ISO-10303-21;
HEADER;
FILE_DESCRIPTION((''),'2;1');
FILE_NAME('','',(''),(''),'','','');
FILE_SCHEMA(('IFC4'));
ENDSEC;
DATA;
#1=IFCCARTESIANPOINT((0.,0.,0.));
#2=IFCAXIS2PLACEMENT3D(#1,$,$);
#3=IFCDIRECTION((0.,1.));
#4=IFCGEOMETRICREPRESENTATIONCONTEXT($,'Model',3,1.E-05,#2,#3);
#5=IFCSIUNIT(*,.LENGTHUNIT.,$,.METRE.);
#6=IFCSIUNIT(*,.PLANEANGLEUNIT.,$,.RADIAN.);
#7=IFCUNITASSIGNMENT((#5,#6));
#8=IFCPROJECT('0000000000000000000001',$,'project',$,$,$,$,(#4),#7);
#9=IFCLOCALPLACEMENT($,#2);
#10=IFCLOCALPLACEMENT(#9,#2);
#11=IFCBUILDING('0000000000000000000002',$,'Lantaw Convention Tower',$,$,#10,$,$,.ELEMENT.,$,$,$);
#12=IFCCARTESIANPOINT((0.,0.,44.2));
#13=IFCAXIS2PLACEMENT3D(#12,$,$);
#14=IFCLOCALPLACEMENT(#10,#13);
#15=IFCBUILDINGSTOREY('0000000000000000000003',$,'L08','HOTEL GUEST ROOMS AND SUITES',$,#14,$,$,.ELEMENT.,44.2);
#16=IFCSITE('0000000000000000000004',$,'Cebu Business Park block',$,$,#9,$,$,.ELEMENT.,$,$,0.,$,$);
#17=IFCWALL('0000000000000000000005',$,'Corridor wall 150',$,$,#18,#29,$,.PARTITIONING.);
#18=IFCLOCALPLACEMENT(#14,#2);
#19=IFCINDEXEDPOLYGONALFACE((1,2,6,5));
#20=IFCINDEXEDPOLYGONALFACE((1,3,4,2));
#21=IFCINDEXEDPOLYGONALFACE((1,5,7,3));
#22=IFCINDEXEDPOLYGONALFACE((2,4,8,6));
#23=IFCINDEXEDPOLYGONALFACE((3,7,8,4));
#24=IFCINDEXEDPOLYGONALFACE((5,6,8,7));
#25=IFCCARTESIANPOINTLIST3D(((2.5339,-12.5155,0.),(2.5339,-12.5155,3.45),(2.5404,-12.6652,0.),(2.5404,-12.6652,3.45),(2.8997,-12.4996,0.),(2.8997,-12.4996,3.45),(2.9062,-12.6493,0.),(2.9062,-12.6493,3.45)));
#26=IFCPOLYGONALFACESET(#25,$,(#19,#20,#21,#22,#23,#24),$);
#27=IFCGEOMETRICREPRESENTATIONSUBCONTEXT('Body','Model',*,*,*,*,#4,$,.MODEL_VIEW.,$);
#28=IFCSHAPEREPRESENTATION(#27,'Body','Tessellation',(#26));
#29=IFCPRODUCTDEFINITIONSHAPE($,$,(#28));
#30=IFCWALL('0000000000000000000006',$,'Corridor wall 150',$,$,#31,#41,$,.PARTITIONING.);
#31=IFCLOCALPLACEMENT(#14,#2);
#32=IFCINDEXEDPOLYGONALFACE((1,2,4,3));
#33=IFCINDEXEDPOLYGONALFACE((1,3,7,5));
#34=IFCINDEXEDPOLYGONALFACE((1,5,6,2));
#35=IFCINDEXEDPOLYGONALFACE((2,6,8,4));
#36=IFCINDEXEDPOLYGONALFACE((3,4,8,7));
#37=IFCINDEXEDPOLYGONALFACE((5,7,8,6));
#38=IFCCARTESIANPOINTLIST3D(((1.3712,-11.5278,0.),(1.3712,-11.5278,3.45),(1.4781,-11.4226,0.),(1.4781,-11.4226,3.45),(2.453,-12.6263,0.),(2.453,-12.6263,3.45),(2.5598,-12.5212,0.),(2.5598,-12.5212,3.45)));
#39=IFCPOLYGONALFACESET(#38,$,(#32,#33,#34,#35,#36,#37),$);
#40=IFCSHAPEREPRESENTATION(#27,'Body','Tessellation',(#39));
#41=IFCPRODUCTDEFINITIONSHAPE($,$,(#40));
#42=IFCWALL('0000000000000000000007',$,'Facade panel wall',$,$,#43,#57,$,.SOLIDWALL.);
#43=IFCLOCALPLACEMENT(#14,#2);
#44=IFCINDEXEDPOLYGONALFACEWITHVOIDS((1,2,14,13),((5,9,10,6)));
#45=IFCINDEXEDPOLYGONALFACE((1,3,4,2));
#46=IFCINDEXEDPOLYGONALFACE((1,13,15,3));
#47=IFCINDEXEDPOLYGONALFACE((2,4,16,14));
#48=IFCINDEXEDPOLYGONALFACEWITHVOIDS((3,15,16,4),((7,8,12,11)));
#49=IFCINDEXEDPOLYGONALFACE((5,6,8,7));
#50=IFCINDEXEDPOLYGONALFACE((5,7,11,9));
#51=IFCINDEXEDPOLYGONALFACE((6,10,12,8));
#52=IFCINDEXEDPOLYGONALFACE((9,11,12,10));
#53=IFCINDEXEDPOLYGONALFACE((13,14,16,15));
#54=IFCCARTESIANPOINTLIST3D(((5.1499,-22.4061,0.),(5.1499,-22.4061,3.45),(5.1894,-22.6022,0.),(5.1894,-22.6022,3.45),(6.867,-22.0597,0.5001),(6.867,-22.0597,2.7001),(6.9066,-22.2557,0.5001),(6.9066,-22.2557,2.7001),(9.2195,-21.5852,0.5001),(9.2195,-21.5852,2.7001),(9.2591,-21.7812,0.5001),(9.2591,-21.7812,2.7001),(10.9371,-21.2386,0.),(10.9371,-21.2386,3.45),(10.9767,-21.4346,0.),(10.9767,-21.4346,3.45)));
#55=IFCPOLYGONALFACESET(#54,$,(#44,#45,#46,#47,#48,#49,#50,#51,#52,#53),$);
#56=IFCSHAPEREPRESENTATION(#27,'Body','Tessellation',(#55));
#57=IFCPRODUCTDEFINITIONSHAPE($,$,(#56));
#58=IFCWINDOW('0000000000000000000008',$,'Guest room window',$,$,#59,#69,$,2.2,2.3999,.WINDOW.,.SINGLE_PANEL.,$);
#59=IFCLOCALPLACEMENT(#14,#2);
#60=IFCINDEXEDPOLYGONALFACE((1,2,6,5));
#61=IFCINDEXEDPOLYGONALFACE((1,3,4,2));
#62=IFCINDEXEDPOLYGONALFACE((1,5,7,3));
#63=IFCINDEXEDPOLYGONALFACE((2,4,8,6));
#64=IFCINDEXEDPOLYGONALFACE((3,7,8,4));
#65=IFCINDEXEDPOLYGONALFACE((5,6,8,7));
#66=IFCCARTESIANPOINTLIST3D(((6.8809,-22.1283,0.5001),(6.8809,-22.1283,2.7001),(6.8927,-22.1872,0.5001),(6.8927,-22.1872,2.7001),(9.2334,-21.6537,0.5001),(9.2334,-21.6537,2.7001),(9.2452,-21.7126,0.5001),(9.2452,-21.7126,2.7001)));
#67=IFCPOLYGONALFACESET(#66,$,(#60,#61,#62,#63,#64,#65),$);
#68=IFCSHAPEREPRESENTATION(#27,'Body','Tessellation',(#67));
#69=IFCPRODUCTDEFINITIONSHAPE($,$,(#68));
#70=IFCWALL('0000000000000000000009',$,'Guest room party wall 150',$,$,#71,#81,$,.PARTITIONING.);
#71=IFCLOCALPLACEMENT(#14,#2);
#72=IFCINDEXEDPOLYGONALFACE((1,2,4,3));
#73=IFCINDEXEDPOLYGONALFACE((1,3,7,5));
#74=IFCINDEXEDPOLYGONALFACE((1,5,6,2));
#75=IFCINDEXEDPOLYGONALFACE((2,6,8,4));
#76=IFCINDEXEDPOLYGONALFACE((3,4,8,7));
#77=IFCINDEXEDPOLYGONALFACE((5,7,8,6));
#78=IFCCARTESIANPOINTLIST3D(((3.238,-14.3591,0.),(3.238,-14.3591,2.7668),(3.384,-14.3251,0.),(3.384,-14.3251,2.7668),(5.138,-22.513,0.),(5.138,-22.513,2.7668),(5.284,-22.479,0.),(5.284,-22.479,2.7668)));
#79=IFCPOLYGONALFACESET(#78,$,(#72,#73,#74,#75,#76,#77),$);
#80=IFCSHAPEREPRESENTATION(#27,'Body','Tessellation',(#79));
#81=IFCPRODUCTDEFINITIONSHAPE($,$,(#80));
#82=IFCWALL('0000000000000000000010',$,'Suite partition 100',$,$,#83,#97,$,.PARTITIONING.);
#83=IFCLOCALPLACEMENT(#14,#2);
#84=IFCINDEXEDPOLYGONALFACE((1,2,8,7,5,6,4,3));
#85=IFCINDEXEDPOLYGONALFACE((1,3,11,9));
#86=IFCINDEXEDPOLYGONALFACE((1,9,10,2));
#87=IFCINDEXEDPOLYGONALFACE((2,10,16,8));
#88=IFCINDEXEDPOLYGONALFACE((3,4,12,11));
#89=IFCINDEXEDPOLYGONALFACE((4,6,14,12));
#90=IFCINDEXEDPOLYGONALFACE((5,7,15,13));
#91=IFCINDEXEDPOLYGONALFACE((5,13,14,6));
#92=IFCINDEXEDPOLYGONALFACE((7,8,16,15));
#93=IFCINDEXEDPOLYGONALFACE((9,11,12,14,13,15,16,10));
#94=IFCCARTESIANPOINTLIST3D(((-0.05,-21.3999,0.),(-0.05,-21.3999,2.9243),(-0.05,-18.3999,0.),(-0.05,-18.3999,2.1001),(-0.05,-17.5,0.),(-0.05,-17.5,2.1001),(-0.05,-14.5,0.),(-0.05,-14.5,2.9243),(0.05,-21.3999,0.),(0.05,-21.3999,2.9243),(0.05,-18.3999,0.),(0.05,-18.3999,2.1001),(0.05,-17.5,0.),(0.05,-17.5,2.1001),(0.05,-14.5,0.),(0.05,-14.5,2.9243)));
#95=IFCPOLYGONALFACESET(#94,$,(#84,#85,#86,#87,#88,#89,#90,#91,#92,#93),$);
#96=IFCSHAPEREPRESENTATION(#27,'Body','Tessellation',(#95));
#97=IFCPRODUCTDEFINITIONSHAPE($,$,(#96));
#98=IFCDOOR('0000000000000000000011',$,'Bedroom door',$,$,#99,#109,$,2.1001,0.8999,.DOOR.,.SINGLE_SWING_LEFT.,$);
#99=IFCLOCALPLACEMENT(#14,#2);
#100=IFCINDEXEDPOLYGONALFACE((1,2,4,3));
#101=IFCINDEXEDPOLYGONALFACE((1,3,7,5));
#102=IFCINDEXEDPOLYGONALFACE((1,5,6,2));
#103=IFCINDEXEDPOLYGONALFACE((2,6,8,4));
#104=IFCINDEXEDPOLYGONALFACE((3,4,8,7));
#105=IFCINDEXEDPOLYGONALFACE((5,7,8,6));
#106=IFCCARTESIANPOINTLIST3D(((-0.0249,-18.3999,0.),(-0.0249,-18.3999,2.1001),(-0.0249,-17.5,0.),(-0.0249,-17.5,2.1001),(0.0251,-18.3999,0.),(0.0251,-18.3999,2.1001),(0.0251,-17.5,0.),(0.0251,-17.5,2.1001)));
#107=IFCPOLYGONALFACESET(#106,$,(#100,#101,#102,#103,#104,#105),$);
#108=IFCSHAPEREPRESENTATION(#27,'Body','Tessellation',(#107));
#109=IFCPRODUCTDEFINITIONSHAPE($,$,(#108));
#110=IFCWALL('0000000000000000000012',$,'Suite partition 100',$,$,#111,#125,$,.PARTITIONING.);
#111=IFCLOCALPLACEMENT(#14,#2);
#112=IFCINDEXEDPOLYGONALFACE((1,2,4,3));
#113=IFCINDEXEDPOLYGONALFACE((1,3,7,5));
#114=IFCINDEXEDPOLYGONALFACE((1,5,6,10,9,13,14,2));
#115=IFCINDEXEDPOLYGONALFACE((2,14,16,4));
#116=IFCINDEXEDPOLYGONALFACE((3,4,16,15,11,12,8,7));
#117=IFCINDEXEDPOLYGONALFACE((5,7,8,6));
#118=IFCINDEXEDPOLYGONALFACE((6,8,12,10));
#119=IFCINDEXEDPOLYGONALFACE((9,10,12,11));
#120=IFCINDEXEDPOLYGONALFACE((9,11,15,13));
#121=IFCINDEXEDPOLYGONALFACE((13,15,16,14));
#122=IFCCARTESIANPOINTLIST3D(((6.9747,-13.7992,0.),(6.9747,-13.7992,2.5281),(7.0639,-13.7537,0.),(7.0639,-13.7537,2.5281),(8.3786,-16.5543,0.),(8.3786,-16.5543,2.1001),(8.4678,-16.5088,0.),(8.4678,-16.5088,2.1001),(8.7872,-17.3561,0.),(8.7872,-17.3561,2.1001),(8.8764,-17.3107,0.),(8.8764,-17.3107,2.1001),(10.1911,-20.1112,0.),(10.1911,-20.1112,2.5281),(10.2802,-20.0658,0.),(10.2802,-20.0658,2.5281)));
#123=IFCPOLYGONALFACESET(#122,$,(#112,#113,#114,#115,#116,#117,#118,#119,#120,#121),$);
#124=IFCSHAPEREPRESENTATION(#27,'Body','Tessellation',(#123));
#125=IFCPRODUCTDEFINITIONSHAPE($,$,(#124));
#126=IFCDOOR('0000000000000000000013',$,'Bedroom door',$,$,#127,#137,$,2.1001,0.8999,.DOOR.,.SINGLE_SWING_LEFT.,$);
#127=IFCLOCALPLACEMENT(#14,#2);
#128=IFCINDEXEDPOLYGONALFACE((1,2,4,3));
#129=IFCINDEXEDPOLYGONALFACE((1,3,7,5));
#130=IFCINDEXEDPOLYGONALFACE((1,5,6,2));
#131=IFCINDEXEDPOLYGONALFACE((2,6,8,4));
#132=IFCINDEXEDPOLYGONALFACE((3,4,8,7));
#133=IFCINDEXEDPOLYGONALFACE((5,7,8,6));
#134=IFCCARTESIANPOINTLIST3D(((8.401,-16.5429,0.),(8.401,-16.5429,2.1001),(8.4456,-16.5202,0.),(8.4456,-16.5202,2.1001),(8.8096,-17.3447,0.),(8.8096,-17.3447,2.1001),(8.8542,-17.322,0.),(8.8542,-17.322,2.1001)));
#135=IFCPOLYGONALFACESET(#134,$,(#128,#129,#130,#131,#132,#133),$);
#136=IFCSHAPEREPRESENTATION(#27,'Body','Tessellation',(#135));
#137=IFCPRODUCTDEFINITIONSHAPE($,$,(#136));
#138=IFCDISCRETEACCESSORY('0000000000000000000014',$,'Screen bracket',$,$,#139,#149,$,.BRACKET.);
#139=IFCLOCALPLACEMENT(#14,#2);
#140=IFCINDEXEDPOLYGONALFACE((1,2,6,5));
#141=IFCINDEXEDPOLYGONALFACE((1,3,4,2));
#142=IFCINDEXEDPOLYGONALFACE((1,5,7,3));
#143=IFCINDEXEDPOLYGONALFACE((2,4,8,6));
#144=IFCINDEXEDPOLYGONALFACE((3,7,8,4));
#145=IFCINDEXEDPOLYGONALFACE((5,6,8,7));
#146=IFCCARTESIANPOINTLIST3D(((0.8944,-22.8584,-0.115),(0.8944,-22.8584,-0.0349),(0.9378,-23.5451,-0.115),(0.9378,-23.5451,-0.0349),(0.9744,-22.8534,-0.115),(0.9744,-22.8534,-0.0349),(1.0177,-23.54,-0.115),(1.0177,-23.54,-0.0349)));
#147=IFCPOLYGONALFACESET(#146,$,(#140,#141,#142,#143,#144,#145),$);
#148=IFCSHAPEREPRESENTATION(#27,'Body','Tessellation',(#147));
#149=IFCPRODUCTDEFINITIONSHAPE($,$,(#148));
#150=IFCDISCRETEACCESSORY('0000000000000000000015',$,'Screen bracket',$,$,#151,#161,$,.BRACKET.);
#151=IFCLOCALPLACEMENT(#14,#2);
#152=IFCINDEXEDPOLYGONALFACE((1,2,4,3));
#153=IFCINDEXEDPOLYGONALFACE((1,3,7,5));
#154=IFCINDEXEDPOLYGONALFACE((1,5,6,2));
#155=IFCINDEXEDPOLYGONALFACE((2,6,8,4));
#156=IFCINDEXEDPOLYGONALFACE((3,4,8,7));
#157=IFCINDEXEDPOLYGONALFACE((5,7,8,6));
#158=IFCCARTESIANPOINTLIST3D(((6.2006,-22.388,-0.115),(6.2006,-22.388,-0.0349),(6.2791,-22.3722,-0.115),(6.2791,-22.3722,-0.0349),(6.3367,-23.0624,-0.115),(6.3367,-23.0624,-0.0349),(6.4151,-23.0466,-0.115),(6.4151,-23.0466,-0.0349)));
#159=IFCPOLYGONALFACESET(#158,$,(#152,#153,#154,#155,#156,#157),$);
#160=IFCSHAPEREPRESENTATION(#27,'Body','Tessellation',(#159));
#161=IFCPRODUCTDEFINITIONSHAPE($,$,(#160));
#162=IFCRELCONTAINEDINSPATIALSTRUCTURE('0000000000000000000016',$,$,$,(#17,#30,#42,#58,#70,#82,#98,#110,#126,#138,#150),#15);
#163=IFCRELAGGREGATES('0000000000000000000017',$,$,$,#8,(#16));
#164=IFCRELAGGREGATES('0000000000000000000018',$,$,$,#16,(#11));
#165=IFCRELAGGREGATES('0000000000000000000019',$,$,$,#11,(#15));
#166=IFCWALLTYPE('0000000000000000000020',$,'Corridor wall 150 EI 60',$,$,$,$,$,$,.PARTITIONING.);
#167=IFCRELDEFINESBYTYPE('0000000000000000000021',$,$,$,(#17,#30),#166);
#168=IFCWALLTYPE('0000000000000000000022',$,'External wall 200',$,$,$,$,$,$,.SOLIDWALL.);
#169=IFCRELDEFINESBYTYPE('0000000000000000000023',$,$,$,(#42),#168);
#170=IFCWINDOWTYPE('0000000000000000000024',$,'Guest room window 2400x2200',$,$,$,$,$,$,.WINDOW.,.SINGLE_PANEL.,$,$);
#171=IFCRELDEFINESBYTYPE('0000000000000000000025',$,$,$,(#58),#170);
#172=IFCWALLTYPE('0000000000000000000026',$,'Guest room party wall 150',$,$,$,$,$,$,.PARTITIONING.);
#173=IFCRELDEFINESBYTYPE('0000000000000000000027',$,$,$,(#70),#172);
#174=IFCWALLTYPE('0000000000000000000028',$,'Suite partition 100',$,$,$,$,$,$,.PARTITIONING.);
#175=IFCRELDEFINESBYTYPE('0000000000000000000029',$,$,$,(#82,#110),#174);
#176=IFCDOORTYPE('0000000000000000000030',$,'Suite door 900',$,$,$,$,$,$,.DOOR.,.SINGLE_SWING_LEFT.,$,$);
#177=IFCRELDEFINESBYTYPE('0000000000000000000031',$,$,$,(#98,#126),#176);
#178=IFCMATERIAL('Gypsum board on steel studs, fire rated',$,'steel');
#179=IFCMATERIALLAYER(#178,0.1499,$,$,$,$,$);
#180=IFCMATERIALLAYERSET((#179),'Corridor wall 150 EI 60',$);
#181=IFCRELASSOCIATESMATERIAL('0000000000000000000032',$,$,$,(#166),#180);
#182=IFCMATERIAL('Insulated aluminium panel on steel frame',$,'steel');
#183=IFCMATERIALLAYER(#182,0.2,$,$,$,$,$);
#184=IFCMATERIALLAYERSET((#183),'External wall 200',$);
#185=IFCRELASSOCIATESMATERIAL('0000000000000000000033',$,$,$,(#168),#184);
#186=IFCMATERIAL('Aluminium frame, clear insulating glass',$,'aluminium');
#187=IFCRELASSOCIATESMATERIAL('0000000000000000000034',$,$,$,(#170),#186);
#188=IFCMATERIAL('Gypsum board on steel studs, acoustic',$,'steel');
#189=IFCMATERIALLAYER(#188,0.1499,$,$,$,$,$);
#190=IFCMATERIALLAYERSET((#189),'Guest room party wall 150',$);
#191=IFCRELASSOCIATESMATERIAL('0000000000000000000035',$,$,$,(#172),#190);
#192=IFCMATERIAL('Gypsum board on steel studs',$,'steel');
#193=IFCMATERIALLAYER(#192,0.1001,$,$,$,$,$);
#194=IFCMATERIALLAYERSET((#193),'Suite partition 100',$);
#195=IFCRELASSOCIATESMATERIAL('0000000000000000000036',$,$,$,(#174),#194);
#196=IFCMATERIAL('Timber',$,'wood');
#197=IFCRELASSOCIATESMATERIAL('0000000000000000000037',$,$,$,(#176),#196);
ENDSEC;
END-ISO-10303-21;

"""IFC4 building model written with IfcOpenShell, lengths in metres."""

from ifc_helpers import new_model, si_unit, direction, frame, frame_2d, origin, origin_2d, place, context, subcontext, project, spatial, rectangle, extrude, material, layer, layer_set, type_object, element, fill, save


model = new_model("IFC4")

# Units and contexts
model_context = context("Model", 3, precision=1e-05, world=origin(), true_north=direction((0.0, 1.0)))
body_context = subcontext(model_context, "Body", "Model", "MODEL_VIEW")
ifc_project = project(units=[si_unit("LENGTHUNIT", "METRE"), si_unit("PLANEANGLEUNIT", "RADIAN")], contexts=[model_context])

# Site, building, storey
site_placement = place(None, origin())
site = spatial("IfcSite", under=ifc_project, at=site_placement, Name="Cebu Business Park block", CompositionType="ELEMENT", RefElevation=0.0)
building_placement = place(site_placement, origin())
building = spatial("IfcBuilding", under=site, at=building_placement, Name="Lantaw Convention Tower", CompositionType="ELEMENT")
storey_placement = place(building_placement, frame((0.0, 0.0, 44.2)))
storey = spatial("IfcBuildingStorey", under=building, at=storey_placement, Name="L08", Description="HOTEL GUEST ROOMS AND SUITES", CompositionType="ELEMENT", Elevation=44.2)

# Shared definitions
ifc_material_1 = material(Name="Gypsum board on steel studs", Category="steel")

# Shared definitions
ifc_material_2 = material(Name="Timber", Category="wood")

# Shared definitions
ifc_material_3 = material(Name="Gypsum board on steel studs, fire rated", Category="steel")
ifc_layer_1 = layer(ifc_material_3, 0.1499)
ifc_layer_set_1 = layer_set([ifc_layer_1], Name="Corridor wall 150 EI 60")
wall_type_1 = type_object("IfcWallType", Name="Corridor wall 150 EI 60", PredefinedType="PARTITIONING", material=ifc_layer_set_1)

# Walls
wall_1_placement = place(storey_placement, frame((2.5371, -12.5903, 0.0), z_axis=(0.0, 0.0, 1.0), x_axis=(0.999061, 0.043322, 0.0)))
element("IfcWall", 1, at=wall_1_placement, inside=storey, type_object=wall_type_1, Name="Corridor wall 150", PredefinedType="PARTITIONING", context=body_context, shape_type="SweptSolid", body=[
    extrude(rectangle(XDim=0.3662, YDim=0.1499, at=frame_2d((0.1831, 0.0))), origin(), (0.0, 0.0, 1.0), 3.45),
])
wall_2_placement = place(storey_placement, frame((1.4246, -11.4751, 0.0), z_axis=(0.0, 0.0, 1.0), x_axis=(0.701623, -0.712549, 0.0)))
element("IfcWall", 2, at=wall_2_placement, inside=storey, type_object=wall_type_1, Name="Corridor wall 150", PredefinedType="PARTITIONING", context=body_context, shape_type="SweptSolid", body=[
    extrude(rectangle(XDim=1.5417, YDim=0.1499, at=frame_2d((0.771, 0.0))), origin(), (0.0, 0.0, 1.0), 3.45),
])

# Wall, opening, window
ifc_material_4 = material(Name="Insulated aluminium panel on steel frame", Category="steel")
ifc_layer_2 = layer(ifc_material_4, 0.2)
ifc_layer_set_2 = layer_set([ifc_layer_2], Name="External wall 200")
wall_type_2 = type_object("IfcWallType", Name="External wall 200", PredefinedType="SOLIDWALL", material=ifc_layer_set_2)
wall_3_placement = place(storey_placement, frame((5.1697, -22.5042, 0.0), z_axis=(0.0, 0.0, 1.0), x_axis=(0.980252, 0.197754, 0.0)))
wall_3 = element("IfcWall", 3, at=wall_3_placement, inside=storey, type_object=wall_type_2, Name="Facade panel wall", PredefinedType="SOLIDWALL", context=body_context, shape_type="SweptSolid", body=[
    extrude(rectangle(XDim=5.9038, YDim=0.2, at=frame_2d((2.9519, 0.0))), origin(), (0.0, 0.0, 1.0), 3.45),
])
opening_1_placement = place(wall_3_placement, frame((1.7517, 0.0, 0.5)))
opening_1 = element("IfcOpeningElement", 4, at=opening_1_placement, cuts=wall_3, PredefinedType="OPENING", context=body_context, shape_type="SweptSolid", body=[
    extrude(rectangle(XDim=2.3999, YDim=2.2, at=frame_2d((1.2, 1.1001))), frame((0.0, 0.1099, 0.0), z_axis=(0.0, -1.0, 0.0), x_axis=(1.0, 0.0, 0.0)), (0.0, 0.0, 1.0), 0.22),
])
ifc_material_5 = material(Name="Aluminium frame, clear insulating glass", Category="aluminium")
window_type = type_object("IfcWindowType", Name="Guest room window 2400x2200", PartitioningType="SINGLE_PANEL", PredefinedType="WINDOW", material=ifc_material_5)
window_placement = place(opening_1_placement, origin())
window = element("IfcWindow", 5, at=window_placement, inside=storey, type_object=window_type, Name="Guest room window", OverallHeight=2.2, OverallWidth=2.3999, PartitioningType="SINGLE_PANEL", PredefinedType="WINDOW", context=body_context, shape_type="SweptSolid", body=[
    extrude(rectangle(XDim=2.3999, YDim=2.2, at=frame_2d((1.2, 1.1001))), frame((0.0, 0.03, 0.0), z_axis=(0.0, -1.0, 0.0), x_axis=(1.0, 0.0, 0.0)), (0.0, 0.0, 1.0), 0.0601),
])
fill(opening_1, window)

# Wall
ifc_material_6 = material(Name="Gypsum board on steel studs, acoustic", Category="steel")
ifc_layer_3 = layer(ifc_material_6, 0.1499)
ifc_layer_set_3 = layer_set([ifc_layer_3], Name="Guest room party wall 150")
wall_type_3 = type_object("IfcWallType", Name="Guest room party wall 150", PredefinedType="PARTITIONING", material=ifc_layer_set_3)
wall_4_placement = place(storey_placement, frame((5.2109, -22.4958, 0.0), z_axis=(0.0, 0.0, 1.0), x_axis=(-0.226929, 0.973911, 0.0)))
element("IfcWall", 6, at=wall_4_placement, inside=storey, type_object=wall_type_3, Name="Guest room party wall 150", PredefinedType="PARTITIONING", context=body_context, shape_type="SweptSolid", body=[
    extrude(rectangle(XDim=8.3723, YDim=0.1499, at=frame_2d((4.186, 0.0))), origin(), (0.0, 0.0, 1.0), 2.7668),
])

# Walls, openings, doors
ifc_layer_4 = layer(ifc_material_1, 0.1001)
ifc_layer_set_4 = layer_set([ifc_layer_4], Name="Suite partition 100")
wall_type_4 = type_object("IfcWallType", Name="Suite partition 100", PredefinedType="PARTITIONING", material=ifc_layer_set_4)
wall_5_placement = place(storey_placement, frame((0.0, -21.3999, 0.0), z_axis=(0.0, 0.0, 1.0), x_axis=(0.0, 1.0, 0.0)))
wall_5 = element("IfcWall", 7, at=wall_5_placement, inside=storey, type_object=wall_type_4, Name="Suite partition 100", PredefinedType="PARTITIONING", context=body_context, shape_type="SweptSolid", body=[
    extrude(rectangle(XDim=6.8999, YDim=0.1001, at=frame_2d((3.45, 0.0))), origin(), (0.0, 0.0, 1.0), 2.9243),
])
opening_2_placement = place(wall_5_placement, frame((3.0, 0.0, 0.0)))
opening_2 = element("IfcOpeningElement", 8, at=opening_2_placement, cuts=wall_5, PredefinedType="OPENING", context=body_context, shape_type="SweptSolid", body=[
    extrude(rectangle(XDim=0.8999, YDim=2.1001, at=frame_2d((0.45, 1.05))), frame((0.0, 0.0601, 0.0), z_axis=(0.0, -1.0, 0.0), x_axis=(1.0, 0.0, 0.0)), (0.0, 0.0, 1.0), 0.1201),
])
door_type_1 = type_object("IfcDoorType", Name="Suite door 900", OperationType="SINGLE_SWING_LEFT", PredefinedType="DOOR", material=ifc_material_2)
door_1_placement = place(opening_2_placement, origin())
door_1 = element("IfcDoor", 9, at=door_1_placement, inside=storey, type_object=door_type_1, Name="Bedroom door", OperationType="SINGLE_SWING_LEFT", OverallHeight=2.1001, OverallWidth=0.8999, PredefinedType="DOOR", context=body_context, shape_type="SweptSolid", body=[
    extrude(rectangle(XDim=0.8999, YDim=2.1001, at=frame_2d((0.45, 1.05))), frame((0.0, 0.0249, 0.0), z_axis=(0.0, -1.0, 0.0), x_axis=(1.0, 0.0, 0.0)), (0.0, 0.0, 1.0), 0.05),
])
fill(opening_2, door_1)
wall_6_placement = place(storey_placement, frame((10.2356, -20.0884, 0.0), z_axis=(0.0, 0.0, 1.0), x_axis=(-0.45401, 0.890996, 0.0)))
wall_6 = element("IfcWall", 10, at=wall_6_placement, inside=storey, type_object=wall_type_4, Name="Suite partition 100", PredefinedType="PARTITIONING", context=body_context, shape_type="SweptSolid", body=[
    extrude(rectangle(XDim=7.0842, YDim=0.1001, at=frame_2d((3.542, 0.0))), origin(), (0.0, 0.0, 1.0), 2.5281),
])
opening_3_placement = place(wall_6_placement, frame((3.092, 0.0, 0.0)))
opening_3 = element("IfcOpeningElement", 11, at=opening_3_placement, cuts=wall_6, PredefinedType="OPENING", context=body_context, shape_type="SweptSolid", body=[
    extrude(rectangle(XDim=0.8999, YDim=2.1001, at=frame_2d((0.45, 1.05))), frame((0.0, 0.0601, 0.0), z_axis=(0.0, -1.0, 0.0), x_axis=(1.0, 0.0, 0.0)), (0.0, 0.0, 1.0), 0.1201),
])
door_2_placement = place(opening_3_placement, origin())
door_2 = element("IfcDoor", 12, at=door_2_placement, inside=storey, type_object=door_type_1, Name="Bedroom door", OperationType="SINGLE_SWING_LEFT", OverallHeight=2.1001, OverallWidth=0.8999, PredefinedType="DOOR", context=body_context, shape_type="SweptSolid", body=[
    extrude(rectangle(XDim=0.8999, YDim=2.1001, at=frame_2d((0.45, 1.05))), frame((0.0, 0.0249, 0.0), z_axis=(0.0, -1.0, 0.0), x_axis=(1.0, 0.0, 0.0)), (0.0, 0.0, 1.0), 0.05),
])
fill(opening_3, door_2)

# Discrete accessories
for number, where, z_axis, x_axis, name in (
    (13, (0.9561, -23.1992, -0.115), (0.0, 0.0, 1.0), (0.998016, 0.062958, 0.0), "Screen bracket"),
    (14, (6.3079, -22.7173, -0.115), (0.0, 0.0, 1.0), (0.980245, 0.197789, 0.0), "Screen bracket"),
):
    element("IfcDiscreteAccessory", number, at=place(storey_placement, frame(where, z_axis=z_axis, x_axis=x_axis)), inside=storey, Name=name, PredefinedType="BRACKET", context=body_context, shape_type="SweptSolid", body=[
        extrude(rectangle(XDim=0.0801, YDim=0.688, at=origin_2d()), origin(), (0.0, 0.0, 1.0), 0.0801),
    ])

save(model, "model.ifc")
